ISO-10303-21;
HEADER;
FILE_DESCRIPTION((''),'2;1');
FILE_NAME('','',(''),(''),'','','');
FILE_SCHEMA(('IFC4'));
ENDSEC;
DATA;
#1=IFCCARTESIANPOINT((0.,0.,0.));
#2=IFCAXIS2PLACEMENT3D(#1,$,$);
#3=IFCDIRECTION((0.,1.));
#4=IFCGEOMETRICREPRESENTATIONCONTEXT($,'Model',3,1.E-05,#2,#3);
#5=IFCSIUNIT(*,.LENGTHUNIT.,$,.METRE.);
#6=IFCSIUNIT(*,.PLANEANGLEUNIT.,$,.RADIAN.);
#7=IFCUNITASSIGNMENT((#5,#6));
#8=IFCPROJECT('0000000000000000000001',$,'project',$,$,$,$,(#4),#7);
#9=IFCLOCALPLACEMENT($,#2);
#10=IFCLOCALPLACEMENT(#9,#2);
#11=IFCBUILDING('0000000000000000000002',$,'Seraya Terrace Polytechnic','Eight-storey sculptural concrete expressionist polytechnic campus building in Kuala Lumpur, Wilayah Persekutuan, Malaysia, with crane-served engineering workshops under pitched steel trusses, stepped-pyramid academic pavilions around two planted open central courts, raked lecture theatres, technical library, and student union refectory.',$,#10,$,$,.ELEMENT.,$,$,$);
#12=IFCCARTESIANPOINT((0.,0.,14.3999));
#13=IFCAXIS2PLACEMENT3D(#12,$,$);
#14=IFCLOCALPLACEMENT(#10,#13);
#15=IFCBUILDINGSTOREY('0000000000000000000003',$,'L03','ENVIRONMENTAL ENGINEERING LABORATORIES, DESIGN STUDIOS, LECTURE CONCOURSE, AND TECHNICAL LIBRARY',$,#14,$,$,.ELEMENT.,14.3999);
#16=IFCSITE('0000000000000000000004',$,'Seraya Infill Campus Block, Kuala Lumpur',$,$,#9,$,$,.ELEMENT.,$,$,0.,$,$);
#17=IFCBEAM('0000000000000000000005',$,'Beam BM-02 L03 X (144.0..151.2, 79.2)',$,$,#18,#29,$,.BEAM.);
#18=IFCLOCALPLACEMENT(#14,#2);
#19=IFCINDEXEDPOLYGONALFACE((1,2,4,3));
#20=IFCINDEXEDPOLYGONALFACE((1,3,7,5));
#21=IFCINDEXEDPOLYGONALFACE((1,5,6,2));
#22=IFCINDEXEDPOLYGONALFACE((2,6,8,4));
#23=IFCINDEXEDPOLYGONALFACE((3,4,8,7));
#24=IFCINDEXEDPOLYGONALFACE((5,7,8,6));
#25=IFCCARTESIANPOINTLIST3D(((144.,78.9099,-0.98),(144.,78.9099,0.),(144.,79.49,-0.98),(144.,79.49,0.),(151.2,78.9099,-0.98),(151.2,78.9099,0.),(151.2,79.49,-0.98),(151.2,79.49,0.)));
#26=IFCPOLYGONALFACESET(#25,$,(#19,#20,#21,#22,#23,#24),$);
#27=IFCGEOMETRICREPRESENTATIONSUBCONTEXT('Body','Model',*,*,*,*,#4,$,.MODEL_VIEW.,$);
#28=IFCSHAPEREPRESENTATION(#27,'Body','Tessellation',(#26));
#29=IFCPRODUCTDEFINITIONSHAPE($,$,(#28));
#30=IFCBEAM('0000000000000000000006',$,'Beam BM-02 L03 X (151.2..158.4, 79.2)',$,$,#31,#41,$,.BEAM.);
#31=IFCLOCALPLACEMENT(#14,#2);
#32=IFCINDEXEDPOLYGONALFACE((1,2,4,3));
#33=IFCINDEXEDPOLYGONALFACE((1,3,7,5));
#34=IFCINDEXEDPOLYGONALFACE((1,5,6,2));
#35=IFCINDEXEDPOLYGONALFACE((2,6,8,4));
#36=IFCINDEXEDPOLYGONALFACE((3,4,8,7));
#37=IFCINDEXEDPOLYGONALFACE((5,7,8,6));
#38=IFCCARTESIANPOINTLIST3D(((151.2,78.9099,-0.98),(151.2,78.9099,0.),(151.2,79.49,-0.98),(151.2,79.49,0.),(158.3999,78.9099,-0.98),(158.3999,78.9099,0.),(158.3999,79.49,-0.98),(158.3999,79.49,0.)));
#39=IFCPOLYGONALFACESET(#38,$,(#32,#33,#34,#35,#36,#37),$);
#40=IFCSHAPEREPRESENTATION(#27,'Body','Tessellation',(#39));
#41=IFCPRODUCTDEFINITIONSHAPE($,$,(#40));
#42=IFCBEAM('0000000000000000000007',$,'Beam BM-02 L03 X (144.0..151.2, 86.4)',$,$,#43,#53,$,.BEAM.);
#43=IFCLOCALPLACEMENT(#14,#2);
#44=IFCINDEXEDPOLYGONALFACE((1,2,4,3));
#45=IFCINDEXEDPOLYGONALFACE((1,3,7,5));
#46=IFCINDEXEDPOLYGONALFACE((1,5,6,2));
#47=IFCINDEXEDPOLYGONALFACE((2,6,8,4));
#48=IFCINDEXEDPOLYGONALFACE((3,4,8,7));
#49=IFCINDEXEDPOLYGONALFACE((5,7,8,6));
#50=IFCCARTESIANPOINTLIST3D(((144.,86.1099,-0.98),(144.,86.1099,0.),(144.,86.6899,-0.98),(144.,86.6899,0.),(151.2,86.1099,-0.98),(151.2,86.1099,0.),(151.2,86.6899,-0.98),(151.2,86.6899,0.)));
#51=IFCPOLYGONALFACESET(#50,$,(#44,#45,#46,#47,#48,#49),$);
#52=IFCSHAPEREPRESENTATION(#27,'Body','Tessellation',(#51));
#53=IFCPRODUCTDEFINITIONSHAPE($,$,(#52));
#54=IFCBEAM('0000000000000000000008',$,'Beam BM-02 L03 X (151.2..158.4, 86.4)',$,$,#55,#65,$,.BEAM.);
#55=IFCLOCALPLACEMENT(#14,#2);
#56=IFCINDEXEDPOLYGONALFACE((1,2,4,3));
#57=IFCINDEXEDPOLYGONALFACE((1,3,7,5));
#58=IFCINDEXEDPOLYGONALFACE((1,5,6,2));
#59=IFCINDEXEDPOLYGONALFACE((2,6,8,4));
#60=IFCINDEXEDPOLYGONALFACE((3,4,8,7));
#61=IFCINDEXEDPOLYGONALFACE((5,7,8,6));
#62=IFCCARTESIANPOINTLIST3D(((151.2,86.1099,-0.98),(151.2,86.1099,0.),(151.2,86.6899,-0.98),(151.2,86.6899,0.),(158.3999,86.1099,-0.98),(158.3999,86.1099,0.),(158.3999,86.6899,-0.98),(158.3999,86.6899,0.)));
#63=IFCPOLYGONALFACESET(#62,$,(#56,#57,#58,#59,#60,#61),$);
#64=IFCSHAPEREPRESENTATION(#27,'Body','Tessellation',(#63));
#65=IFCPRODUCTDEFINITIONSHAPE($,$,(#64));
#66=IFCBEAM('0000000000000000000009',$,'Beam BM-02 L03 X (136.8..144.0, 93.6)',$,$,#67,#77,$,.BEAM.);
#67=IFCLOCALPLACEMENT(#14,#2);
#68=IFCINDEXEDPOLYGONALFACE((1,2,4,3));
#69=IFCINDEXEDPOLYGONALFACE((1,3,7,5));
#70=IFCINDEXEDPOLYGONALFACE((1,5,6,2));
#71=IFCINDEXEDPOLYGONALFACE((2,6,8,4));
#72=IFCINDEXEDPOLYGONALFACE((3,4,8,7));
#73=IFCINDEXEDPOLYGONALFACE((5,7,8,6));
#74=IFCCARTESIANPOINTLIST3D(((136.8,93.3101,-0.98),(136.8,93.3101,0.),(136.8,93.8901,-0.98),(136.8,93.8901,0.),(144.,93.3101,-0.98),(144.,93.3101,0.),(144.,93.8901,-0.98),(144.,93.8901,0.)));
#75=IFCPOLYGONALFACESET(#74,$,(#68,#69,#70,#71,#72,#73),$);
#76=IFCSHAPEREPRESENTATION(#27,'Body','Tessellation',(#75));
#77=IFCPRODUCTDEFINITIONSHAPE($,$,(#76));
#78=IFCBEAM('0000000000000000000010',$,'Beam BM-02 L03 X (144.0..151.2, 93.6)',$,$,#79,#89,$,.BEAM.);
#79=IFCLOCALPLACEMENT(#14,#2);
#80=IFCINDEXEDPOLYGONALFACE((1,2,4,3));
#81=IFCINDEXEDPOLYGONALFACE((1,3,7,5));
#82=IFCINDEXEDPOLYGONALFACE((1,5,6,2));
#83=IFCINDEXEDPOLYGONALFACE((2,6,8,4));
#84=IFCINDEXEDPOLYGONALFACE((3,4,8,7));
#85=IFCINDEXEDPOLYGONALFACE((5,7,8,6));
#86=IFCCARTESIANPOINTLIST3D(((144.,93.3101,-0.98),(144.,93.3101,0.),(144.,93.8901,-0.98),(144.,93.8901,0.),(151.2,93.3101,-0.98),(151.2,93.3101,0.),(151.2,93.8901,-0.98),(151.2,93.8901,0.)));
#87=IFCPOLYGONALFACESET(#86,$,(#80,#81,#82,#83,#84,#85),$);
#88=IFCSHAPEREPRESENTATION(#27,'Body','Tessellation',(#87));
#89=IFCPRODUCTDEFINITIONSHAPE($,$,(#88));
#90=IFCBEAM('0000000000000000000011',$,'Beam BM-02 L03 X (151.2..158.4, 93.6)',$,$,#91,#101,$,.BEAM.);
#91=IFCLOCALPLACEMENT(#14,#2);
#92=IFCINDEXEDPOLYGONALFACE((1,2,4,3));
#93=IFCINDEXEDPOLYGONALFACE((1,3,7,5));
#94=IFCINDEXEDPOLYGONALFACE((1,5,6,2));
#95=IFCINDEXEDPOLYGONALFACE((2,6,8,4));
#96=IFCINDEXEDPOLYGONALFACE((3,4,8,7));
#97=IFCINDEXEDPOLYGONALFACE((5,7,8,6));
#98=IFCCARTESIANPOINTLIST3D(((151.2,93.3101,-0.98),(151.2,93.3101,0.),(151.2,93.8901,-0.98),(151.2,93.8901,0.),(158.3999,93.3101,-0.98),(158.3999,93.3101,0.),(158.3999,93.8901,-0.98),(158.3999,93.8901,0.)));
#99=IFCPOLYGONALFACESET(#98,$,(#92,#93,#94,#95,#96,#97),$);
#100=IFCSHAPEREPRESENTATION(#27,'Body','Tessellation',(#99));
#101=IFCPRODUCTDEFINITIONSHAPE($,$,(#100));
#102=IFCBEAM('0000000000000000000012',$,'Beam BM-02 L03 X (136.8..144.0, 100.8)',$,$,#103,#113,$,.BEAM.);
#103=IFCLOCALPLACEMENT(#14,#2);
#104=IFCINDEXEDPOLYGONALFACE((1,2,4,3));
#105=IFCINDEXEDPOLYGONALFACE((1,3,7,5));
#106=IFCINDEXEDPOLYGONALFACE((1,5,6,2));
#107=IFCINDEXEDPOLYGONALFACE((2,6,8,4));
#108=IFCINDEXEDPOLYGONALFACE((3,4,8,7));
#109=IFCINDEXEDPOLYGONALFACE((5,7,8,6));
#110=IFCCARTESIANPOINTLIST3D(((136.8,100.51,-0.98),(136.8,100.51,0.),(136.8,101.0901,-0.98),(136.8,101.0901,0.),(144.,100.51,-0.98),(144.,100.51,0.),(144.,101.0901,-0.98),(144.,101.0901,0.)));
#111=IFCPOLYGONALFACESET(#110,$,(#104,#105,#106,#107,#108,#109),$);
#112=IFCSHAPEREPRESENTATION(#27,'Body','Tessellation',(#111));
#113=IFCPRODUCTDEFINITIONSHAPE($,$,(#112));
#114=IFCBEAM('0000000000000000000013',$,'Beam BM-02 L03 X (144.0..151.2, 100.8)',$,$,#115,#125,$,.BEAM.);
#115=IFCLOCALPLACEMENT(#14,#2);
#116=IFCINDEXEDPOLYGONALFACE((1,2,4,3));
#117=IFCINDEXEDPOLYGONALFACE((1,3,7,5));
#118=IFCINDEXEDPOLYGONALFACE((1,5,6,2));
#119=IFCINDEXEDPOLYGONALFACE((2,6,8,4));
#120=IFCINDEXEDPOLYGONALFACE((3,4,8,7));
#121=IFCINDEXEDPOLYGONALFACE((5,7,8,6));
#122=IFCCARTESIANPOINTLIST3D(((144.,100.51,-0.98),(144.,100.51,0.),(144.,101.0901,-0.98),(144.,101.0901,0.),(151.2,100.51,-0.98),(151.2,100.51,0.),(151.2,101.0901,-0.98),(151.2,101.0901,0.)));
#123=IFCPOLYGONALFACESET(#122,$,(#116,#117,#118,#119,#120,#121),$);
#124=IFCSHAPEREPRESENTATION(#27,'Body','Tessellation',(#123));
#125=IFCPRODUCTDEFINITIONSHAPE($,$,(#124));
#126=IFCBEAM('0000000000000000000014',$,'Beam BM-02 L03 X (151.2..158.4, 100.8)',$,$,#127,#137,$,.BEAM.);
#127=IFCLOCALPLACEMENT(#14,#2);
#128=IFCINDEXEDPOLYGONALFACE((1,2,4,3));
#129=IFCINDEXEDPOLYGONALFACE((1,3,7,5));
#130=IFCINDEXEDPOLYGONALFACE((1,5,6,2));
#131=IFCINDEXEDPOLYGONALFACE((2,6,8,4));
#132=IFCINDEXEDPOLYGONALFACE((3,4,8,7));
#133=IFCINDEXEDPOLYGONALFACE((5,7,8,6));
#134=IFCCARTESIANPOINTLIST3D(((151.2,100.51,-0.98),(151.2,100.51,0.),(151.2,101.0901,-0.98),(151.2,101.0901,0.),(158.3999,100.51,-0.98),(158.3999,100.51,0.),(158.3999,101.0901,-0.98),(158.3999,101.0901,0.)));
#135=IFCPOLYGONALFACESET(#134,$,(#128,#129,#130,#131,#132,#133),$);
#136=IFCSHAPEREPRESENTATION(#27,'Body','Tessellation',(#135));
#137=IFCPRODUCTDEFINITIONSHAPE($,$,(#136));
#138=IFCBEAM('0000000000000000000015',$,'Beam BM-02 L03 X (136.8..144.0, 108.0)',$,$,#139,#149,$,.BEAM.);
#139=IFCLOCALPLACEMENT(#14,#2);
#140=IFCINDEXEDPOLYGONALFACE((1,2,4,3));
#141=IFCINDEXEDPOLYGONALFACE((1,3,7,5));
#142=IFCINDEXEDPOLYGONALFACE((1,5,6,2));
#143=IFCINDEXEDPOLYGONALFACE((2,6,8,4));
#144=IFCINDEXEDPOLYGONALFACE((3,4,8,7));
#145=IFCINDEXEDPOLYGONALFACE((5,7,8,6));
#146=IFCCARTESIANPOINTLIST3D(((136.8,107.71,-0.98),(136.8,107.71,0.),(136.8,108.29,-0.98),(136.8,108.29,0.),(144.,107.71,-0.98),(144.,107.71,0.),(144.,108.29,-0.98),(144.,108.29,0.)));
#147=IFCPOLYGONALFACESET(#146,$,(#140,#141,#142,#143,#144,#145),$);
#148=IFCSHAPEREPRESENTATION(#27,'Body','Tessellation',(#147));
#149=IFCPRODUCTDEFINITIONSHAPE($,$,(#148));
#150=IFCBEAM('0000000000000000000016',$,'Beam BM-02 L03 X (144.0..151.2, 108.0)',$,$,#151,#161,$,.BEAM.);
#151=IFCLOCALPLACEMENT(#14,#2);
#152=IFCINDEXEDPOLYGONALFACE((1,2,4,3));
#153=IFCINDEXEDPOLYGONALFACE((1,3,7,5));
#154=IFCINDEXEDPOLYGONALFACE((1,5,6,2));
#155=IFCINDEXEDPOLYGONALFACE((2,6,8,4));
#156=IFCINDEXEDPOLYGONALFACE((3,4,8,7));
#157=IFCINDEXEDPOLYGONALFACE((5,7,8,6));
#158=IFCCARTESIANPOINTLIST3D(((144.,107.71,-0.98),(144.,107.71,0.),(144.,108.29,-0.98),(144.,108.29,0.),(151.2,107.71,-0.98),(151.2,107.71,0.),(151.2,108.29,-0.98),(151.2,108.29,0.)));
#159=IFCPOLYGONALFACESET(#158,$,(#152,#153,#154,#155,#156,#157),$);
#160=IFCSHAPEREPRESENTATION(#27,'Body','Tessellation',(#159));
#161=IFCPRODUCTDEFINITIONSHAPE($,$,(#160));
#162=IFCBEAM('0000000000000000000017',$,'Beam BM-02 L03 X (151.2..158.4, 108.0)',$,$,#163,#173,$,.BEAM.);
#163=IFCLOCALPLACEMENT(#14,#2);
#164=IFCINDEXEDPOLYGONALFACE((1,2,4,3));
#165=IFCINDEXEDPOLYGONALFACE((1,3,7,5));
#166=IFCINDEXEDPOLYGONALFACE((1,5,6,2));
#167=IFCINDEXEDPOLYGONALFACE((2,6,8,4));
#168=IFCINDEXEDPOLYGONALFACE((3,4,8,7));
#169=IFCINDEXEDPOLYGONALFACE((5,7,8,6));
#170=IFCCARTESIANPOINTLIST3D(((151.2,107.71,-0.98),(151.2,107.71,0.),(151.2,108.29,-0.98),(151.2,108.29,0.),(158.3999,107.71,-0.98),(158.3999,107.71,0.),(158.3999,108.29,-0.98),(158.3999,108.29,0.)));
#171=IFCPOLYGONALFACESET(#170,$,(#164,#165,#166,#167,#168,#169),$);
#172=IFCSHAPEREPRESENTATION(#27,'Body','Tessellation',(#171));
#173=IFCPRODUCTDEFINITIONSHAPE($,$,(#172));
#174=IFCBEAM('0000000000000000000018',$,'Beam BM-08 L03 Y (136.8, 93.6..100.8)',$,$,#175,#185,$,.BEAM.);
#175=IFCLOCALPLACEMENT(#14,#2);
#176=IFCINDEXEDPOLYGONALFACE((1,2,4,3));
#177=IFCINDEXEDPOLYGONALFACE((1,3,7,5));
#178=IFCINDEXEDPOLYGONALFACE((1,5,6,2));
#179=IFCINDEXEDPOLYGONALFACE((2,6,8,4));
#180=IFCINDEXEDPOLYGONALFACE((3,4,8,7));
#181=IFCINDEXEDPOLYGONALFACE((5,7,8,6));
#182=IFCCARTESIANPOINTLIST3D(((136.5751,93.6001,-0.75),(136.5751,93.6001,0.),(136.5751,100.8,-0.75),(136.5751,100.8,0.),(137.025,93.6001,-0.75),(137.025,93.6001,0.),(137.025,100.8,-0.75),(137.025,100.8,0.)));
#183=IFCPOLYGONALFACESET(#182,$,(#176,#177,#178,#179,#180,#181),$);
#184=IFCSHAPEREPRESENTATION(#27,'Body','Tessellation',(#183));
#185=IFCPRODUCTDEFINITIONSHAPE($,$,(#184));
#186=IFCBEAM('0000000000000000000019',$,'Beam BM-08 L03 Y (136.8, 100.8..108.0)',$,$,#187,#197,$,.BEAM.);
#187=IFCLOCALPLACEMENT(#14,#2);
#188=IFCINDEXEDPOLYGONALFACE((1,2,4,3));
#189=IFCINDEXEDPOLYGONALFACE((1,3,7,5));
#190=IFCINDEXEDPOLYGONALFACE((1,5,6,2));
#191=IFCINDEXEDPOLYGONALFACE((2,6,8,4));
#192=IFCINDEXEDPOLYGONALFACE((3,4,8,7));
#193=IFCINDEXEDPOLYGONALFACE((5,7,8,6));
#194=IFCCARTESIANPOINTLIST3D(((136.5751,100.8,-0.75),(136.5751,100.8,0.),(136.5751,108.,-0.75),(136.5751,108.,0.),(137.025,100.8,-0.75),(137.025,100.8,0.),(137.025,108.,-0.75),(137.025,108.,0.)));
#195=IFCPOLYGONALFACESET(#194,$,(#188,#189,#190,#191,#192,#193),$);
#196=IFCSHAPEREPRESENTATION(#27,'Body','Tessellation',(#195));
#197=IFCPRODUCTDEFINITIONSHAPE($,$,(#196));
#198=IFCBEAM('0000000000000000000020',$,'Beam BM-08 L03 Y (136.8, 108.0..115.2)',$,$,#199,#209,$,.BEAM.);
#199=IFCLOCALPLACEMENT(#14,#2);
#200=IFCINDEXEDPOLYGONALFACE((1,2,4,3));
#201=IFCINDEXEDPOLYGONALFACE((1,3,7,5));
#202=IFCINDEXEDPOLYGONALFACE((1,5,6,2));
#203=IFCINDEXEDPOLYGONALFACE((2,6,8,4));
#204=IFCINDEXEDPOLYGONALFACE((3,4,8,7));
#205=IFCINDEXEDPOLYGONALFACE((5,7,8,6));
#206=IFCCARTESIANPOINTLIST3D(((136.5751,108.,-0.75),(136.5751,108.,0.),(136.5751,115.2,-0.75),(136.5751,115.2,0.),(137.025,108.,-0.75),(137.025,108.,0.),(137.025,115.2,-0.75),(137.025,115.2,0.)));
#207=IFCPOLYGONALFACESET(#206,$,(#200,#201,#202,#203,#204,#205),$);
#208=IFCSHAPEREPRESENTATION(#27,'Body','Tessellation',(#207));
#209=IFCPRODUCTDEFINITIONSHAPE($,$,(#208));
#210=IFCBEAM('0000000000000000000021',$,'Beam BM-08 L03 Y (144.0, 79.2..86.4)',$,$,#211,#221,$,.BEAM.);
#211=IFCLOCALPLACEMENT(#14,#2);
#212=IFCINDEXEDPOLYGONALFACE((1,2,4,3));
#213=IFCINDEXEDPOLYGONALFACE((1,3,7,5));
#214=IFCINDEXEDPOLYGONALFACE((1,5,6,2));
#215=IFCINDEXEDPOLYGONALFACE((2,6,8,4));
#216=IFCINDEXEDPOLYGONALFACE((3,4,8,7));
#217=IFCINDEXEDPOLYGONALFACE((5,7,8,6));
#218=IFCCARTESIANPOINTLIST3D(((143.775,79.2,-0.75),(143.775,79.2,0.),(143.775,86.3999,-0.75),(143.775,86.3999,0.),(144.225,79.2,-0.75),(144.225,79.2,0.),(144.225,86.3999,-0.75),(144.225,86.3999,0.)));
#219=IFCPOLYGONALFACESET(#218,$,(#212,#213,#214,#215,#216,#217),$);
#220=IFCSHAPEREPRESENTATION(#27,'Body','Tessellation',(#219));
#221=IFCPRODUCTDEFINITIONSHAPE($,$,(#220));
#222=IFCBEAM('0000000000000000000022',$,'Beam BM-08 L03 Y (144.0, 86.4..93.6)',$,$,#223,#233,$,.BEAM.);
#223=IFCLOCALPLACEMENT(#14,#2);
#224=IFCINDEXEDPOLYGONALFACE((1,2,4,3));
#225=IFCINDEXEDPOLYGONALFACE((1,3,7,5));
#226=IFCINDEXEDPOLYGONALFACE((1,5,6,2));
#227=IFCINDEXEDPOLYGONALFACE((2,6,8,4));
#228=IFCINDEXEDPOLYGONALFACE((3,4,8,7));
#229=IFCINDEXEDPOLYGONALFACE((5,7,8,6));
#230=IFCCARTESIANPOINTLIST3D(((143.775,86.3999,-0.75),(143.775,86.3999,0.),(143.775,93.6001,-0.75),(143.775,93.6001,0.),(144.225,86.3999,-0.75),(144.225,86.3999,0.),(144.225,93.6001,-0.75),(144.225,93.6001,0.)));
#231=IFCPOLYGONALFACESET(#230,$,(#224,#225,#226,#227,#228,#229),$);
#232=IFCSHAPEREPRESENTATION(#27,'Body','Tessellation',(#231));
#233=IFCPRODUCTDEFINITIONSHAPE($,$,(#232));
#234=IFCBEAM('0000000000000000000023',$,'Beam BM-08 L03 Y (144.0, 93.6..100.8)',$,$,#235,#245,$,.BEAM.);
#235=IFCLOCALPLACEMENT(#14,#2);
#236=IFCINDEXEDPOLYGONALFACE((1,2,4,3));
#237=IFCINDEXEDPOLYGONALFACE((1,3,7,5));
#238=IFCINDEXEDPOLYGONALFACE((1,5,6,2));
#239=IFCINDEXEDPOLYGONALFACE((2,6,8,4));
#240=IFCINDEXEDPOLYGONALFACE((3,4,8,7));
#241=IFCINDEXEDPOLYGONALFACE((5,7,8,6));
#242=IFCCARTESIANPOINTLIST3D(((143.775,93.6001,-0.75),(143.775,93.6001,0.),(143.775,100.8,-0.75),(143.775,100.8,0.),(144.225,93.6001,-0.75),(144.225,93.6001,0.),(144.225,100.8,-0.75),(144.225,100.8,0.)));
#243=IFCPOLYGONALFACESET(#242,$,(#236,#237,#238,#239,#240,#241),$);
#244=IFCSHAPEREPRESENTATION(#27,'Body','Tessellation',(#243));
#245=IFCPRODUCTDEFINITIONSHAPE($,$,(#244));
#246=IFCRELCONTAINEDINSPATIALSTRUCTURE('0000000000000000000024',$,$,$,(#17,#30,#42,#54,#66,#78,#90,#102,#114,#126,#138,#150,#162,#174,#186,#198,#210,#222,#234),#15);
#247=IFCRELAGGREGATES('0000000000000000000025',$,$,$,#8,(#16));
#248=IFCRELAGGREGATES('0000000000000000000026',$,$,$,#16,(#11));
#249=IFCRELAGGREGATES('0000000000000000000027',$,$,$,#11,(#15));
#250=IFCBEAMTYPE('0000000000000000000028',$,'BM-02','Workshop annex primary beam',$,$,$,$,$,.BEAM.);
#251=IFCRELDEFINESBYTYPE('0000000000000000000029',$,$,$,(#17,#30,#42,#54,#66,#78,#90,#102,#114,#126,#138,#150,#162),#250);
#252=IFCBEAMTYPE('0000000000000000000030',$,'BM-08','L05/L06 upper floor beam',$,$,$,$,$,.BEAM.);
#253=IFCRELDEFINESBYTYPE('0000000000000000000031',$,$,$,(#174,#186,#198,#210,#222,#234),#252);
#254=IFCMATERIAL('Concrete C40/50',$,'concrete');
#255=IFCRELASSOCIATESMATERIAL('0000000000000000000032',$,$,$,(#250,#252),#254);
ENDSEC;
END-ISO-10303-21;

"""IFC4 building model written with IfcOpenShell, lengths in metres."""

from ifc_helpers import new_model, si_unit, direction, frame, origin, origin_2d, place, context, subcontext, project, spatial, rectangle, extrude, material, material_profile, profile_set, type_object, element, save


model = new_model("IFC4")

# Units and contexts
model_context = context("Model", 3, precision=1e-05, world=origin(), true_north=direction((0.0, 1.0)))
body_context = subcontext(model_context, "Body", "Model", "MODEL_VIEW")
ifc_project = project(units=[si_unit("LENGTHUNIT", "METRE"), si_unit("PLANEANGLEUNIT", "RADIAN")], contexts=[model_context])

# Site, building, storey
site_placement = place(None, origin())
site = spatial("IfcSite", under=ifc_project, at=site_placement, Name="Seraya Infill Campus Block, Kuala Lumpur", CompositionType="ELEMENT", RefElevation=0.0)
building_placement = place(site_placement, origin())
building = spatial("IfcBuilding", under=site, at=building_placement, Name="Seraya Terrace Polytechnic", Description="Eight-storey sculptural concrete expressionist polytechnic campus building in Kuala Lumpur, Wilayah Persekutuan, Malaysia, with crane-served engineering workshops under pitched steel trusses, stepped-pyramid academic pavilions around two planted open central courts, raked lecture theatres, technical library, and student union refectory.", CompositionType="ELEMENT")
storey_placement = place(building_placement, frame((0.0, 0.0, 14.3999)))
storey = spatial("IfcBuildingStorey", under=building, at=storey_placement, Name="L03", Description="ENVIRONMENTAL ENGINEERING LABORATORIES, DESIGN STUDIOS, LECTURE CONCOURSE, AND TECHNICAL LIBRARY", CompositionType="ELEMENT", Elevation=14.3999)

# Beams
ifc_material_1 = material(Name="Concrete C40/50", Category="concrete")
ifc_material_profile_1 = material_profile(ifc_material_1, rectangle(XDim=0.5801, YDim=0.98, at=origin_2d()), Name="RC 580x980")
ifc_profile_set_1 = profile_set([ifc_material_profile_1], Name="Concrete C40/50")
beam_type_1 = type_object("IfcBeamType", Name="BM-02", Description="Workshop annex primary beam", PredefinedType="BEAM", material=ifc_profile_set_1)
for number, where, z_axis, x_axis, name in (
    (1, (144.0, 79.2, -0.49), (1.0, 0.0, 0.0), (0.0, 1.0, 0.0), "Beam BM-02 L03 X (144.0..151.2, 79.2)"),
    (2, (151.2, 79.2, -0.49), (1.0, 0.0, 0.0), (0.0, 1.0, 0.0), "Beam BM-02 L03 X (151.2..158.4, 79.2)"),
    (3, (144.0, 86.3999, -0.49), (1.0, 0.0, 0.0), (0.0, 1.0, 0.0), "Beam BM-02 L03 X (144.0..151.2, 86.4)"),
    (4, (151.2, 86.3999, -0.49), (1.0, 0.0, 0.0), (0.0, 1.0, 0.0), "Beam BM-02 L03 X (151.2..158.4, 86.4)"),
    (5, (136.8, 93.6001, -0.49), (1.0, 0.0, 0.0), (0.0, 1.0, 0.0), "Beam BM-02 L03 X (136.8..144.0, 93.6)"),
    (6, (144.0, 93.6001, -0.49), (1.0, 0.0, 0.0), (0.0, 1.0, 0.0), "Beam BM-02 L03 X (144.0..151.2, 93.6)"),
    (7, (151.2, 93.6001, -0.49), (1.0, 0.0, 0.0), (0.0, 1.0, 0.0), "Beam BM-02 L03 X (151.2..158.4, 93.6)"),
    (8, (136.8, 100.8, -0.49), (1.0, 0.0, 0.0), (0.0, 1.0, 0.0), "Beam BM-02 L03 X (136.8..144.0, 100.8)"),
    (9, (144.0, 100.8, -0.49), (1.0, 0.0, 0.0), (0.0, 1.0, 0.0), "Beam BM-02 L03 X (144.0..151.2, 100.8)"),
    (10, (151.2, 100.8, -0.49), (1.0, 0.0, 0.0), (0.0, 1.0, 0.0), "Beam BM-02 L03 X (151.2..158.4, 100.8)"),
    (11, (136.8, 108.0, -0.49), (1.0, 0.0, 0.0), (0.0, 1.0, 0.0), "Beam BM-02 L03 X (136.8..144.0, 108.0)"),
    (12, (144.0, 108.0, -0.49), (1.0, 0.0, 0.0), (0.0, 1.0, 0.0), "Beam BM-02 L03 X (144.0..151.2, 108.0)"),
    (13, (151.2, 108.0, -0.49), (1.0, 0.0, 0.0), (0.0, 1.0, 0.0), "Beam BM-02 L03 X (151.2..158.4, 108.0)"),
):
    element("IfcBeam", number, at=place(storey_placement, frame(where, z_axis=z_axis, x_axis=x_axis)), inside=storey, type_object=beam_type_1, Name=name, PredefinedType="BEAM", context=body_context, shape_type="SweptSolid", body=[
        extrude(rectangle(XDim=0.5801, YDim=0.98, at=origin_2d()), origin(), (0.0, 0.0, 1.0), 7.2),
    ])
ifc_material_profile_2 = material_profile(ifc_material_1, rectangle(XDim=0.45, YDim=0.75, at=origin_2d()), Name="RC 450x750")
ifc_profile_set_2 = profile_set([ifc_material_profile_2], Name="Concrete C40/50")
beam_type_2 = type_object("IfcBeamType", Name="BM-08", Description="L05/L06 upper floor beam", PredefinedType="BEAM", material=ifc_profile_set_2)
for number, where, z_axis, x_axis, name in (
    (14, (136.8, 93.6001, -0.375), (0.0, 1.0, 0.0), (-1.0, 0.0, 0.0), "Beam BM-08 L03 Y (136.8, 93.6..100.8)"),
    (15, (136.8, 100.8, -0.375), (0.0, 1.0, 0.0), (-1.0, 0.0, 0.0), "Beam BM-08 L03 Y (136.8, 100.8..108.0)"),
    (16, (136.8, 108.0, -0.375), (0.0, 1.0, 0.0), (-1.0, 0.0, 0.0), "Beam BM-08 L03 Y (136.8, 108.0..115.2)"),
    (17, (144.0, 79.2, -0.375), (0.0, 1.0, 0.0), (-1.0, 0.0, 0.0), "Beam BM-08 L03 Y (144.0, 79.2..86.4)"),
):
    element("IfcBeam", number, at=place(storey_placement, frame(where, z_axis=z_axis, x_axis=x_axis)), inside=storey, type_object=beam_type_2, Name=name, PredefinedType="BEAM", context=body_context, shape_type="SweptSolid", body=[
        extrude(rectangle(XDim=0.45, YDim=0.75, at=origin_2d()), origin(), (0.0, 0.0, 1.0), 7.2),
    ])
beam_1_placement = place(storey_placement, frame((144.0, 86.3999, -0.375), z_axis=(0.0, 1.0, 0.0), x_axis=(-1.0, 0.0, 0.0)))
element("IfcBeam", 18, at=beam_1_placement, inside=storey, type_object=beam_type_2, Name="Beam BM-08 L03 Y (144.0, 86.4..93.6)", PredefinedType="BEAM", context=body_context, shape_type="SweptSolid", body=[
    extrude(rectangle(XDim=0.45, YDim=0.75, at=origin_2d()), origin(), (0.0, 0.0, 1.0), 7.2002),
])
for number, where, z_axis, x_axis, name in (
    (19, (144.0, 93.6001, -0.375), (0.0, 1.0, 0.0), (-1.0, 0.0, 0.0), "Beam BM-08 L03 Y (144.0, 93.6..100.8)"),
):
    element("IfcBeam", number, at=place(storey_placement, frame(where, z_axis=z_axis, x_axis=x_axis)), inside=storey, type_object=beam_type_2, Name=name, PredefinedType="BEAM", context=body_context, shape_type="SweptSolid", body=[
        extrude(rectangle(XDim=0.45, YDim=0.75, at=origin_2d()), origin(), (0.0, 0.0, 1.0), 7.2),
    ])

save(model, "model.ifc")
